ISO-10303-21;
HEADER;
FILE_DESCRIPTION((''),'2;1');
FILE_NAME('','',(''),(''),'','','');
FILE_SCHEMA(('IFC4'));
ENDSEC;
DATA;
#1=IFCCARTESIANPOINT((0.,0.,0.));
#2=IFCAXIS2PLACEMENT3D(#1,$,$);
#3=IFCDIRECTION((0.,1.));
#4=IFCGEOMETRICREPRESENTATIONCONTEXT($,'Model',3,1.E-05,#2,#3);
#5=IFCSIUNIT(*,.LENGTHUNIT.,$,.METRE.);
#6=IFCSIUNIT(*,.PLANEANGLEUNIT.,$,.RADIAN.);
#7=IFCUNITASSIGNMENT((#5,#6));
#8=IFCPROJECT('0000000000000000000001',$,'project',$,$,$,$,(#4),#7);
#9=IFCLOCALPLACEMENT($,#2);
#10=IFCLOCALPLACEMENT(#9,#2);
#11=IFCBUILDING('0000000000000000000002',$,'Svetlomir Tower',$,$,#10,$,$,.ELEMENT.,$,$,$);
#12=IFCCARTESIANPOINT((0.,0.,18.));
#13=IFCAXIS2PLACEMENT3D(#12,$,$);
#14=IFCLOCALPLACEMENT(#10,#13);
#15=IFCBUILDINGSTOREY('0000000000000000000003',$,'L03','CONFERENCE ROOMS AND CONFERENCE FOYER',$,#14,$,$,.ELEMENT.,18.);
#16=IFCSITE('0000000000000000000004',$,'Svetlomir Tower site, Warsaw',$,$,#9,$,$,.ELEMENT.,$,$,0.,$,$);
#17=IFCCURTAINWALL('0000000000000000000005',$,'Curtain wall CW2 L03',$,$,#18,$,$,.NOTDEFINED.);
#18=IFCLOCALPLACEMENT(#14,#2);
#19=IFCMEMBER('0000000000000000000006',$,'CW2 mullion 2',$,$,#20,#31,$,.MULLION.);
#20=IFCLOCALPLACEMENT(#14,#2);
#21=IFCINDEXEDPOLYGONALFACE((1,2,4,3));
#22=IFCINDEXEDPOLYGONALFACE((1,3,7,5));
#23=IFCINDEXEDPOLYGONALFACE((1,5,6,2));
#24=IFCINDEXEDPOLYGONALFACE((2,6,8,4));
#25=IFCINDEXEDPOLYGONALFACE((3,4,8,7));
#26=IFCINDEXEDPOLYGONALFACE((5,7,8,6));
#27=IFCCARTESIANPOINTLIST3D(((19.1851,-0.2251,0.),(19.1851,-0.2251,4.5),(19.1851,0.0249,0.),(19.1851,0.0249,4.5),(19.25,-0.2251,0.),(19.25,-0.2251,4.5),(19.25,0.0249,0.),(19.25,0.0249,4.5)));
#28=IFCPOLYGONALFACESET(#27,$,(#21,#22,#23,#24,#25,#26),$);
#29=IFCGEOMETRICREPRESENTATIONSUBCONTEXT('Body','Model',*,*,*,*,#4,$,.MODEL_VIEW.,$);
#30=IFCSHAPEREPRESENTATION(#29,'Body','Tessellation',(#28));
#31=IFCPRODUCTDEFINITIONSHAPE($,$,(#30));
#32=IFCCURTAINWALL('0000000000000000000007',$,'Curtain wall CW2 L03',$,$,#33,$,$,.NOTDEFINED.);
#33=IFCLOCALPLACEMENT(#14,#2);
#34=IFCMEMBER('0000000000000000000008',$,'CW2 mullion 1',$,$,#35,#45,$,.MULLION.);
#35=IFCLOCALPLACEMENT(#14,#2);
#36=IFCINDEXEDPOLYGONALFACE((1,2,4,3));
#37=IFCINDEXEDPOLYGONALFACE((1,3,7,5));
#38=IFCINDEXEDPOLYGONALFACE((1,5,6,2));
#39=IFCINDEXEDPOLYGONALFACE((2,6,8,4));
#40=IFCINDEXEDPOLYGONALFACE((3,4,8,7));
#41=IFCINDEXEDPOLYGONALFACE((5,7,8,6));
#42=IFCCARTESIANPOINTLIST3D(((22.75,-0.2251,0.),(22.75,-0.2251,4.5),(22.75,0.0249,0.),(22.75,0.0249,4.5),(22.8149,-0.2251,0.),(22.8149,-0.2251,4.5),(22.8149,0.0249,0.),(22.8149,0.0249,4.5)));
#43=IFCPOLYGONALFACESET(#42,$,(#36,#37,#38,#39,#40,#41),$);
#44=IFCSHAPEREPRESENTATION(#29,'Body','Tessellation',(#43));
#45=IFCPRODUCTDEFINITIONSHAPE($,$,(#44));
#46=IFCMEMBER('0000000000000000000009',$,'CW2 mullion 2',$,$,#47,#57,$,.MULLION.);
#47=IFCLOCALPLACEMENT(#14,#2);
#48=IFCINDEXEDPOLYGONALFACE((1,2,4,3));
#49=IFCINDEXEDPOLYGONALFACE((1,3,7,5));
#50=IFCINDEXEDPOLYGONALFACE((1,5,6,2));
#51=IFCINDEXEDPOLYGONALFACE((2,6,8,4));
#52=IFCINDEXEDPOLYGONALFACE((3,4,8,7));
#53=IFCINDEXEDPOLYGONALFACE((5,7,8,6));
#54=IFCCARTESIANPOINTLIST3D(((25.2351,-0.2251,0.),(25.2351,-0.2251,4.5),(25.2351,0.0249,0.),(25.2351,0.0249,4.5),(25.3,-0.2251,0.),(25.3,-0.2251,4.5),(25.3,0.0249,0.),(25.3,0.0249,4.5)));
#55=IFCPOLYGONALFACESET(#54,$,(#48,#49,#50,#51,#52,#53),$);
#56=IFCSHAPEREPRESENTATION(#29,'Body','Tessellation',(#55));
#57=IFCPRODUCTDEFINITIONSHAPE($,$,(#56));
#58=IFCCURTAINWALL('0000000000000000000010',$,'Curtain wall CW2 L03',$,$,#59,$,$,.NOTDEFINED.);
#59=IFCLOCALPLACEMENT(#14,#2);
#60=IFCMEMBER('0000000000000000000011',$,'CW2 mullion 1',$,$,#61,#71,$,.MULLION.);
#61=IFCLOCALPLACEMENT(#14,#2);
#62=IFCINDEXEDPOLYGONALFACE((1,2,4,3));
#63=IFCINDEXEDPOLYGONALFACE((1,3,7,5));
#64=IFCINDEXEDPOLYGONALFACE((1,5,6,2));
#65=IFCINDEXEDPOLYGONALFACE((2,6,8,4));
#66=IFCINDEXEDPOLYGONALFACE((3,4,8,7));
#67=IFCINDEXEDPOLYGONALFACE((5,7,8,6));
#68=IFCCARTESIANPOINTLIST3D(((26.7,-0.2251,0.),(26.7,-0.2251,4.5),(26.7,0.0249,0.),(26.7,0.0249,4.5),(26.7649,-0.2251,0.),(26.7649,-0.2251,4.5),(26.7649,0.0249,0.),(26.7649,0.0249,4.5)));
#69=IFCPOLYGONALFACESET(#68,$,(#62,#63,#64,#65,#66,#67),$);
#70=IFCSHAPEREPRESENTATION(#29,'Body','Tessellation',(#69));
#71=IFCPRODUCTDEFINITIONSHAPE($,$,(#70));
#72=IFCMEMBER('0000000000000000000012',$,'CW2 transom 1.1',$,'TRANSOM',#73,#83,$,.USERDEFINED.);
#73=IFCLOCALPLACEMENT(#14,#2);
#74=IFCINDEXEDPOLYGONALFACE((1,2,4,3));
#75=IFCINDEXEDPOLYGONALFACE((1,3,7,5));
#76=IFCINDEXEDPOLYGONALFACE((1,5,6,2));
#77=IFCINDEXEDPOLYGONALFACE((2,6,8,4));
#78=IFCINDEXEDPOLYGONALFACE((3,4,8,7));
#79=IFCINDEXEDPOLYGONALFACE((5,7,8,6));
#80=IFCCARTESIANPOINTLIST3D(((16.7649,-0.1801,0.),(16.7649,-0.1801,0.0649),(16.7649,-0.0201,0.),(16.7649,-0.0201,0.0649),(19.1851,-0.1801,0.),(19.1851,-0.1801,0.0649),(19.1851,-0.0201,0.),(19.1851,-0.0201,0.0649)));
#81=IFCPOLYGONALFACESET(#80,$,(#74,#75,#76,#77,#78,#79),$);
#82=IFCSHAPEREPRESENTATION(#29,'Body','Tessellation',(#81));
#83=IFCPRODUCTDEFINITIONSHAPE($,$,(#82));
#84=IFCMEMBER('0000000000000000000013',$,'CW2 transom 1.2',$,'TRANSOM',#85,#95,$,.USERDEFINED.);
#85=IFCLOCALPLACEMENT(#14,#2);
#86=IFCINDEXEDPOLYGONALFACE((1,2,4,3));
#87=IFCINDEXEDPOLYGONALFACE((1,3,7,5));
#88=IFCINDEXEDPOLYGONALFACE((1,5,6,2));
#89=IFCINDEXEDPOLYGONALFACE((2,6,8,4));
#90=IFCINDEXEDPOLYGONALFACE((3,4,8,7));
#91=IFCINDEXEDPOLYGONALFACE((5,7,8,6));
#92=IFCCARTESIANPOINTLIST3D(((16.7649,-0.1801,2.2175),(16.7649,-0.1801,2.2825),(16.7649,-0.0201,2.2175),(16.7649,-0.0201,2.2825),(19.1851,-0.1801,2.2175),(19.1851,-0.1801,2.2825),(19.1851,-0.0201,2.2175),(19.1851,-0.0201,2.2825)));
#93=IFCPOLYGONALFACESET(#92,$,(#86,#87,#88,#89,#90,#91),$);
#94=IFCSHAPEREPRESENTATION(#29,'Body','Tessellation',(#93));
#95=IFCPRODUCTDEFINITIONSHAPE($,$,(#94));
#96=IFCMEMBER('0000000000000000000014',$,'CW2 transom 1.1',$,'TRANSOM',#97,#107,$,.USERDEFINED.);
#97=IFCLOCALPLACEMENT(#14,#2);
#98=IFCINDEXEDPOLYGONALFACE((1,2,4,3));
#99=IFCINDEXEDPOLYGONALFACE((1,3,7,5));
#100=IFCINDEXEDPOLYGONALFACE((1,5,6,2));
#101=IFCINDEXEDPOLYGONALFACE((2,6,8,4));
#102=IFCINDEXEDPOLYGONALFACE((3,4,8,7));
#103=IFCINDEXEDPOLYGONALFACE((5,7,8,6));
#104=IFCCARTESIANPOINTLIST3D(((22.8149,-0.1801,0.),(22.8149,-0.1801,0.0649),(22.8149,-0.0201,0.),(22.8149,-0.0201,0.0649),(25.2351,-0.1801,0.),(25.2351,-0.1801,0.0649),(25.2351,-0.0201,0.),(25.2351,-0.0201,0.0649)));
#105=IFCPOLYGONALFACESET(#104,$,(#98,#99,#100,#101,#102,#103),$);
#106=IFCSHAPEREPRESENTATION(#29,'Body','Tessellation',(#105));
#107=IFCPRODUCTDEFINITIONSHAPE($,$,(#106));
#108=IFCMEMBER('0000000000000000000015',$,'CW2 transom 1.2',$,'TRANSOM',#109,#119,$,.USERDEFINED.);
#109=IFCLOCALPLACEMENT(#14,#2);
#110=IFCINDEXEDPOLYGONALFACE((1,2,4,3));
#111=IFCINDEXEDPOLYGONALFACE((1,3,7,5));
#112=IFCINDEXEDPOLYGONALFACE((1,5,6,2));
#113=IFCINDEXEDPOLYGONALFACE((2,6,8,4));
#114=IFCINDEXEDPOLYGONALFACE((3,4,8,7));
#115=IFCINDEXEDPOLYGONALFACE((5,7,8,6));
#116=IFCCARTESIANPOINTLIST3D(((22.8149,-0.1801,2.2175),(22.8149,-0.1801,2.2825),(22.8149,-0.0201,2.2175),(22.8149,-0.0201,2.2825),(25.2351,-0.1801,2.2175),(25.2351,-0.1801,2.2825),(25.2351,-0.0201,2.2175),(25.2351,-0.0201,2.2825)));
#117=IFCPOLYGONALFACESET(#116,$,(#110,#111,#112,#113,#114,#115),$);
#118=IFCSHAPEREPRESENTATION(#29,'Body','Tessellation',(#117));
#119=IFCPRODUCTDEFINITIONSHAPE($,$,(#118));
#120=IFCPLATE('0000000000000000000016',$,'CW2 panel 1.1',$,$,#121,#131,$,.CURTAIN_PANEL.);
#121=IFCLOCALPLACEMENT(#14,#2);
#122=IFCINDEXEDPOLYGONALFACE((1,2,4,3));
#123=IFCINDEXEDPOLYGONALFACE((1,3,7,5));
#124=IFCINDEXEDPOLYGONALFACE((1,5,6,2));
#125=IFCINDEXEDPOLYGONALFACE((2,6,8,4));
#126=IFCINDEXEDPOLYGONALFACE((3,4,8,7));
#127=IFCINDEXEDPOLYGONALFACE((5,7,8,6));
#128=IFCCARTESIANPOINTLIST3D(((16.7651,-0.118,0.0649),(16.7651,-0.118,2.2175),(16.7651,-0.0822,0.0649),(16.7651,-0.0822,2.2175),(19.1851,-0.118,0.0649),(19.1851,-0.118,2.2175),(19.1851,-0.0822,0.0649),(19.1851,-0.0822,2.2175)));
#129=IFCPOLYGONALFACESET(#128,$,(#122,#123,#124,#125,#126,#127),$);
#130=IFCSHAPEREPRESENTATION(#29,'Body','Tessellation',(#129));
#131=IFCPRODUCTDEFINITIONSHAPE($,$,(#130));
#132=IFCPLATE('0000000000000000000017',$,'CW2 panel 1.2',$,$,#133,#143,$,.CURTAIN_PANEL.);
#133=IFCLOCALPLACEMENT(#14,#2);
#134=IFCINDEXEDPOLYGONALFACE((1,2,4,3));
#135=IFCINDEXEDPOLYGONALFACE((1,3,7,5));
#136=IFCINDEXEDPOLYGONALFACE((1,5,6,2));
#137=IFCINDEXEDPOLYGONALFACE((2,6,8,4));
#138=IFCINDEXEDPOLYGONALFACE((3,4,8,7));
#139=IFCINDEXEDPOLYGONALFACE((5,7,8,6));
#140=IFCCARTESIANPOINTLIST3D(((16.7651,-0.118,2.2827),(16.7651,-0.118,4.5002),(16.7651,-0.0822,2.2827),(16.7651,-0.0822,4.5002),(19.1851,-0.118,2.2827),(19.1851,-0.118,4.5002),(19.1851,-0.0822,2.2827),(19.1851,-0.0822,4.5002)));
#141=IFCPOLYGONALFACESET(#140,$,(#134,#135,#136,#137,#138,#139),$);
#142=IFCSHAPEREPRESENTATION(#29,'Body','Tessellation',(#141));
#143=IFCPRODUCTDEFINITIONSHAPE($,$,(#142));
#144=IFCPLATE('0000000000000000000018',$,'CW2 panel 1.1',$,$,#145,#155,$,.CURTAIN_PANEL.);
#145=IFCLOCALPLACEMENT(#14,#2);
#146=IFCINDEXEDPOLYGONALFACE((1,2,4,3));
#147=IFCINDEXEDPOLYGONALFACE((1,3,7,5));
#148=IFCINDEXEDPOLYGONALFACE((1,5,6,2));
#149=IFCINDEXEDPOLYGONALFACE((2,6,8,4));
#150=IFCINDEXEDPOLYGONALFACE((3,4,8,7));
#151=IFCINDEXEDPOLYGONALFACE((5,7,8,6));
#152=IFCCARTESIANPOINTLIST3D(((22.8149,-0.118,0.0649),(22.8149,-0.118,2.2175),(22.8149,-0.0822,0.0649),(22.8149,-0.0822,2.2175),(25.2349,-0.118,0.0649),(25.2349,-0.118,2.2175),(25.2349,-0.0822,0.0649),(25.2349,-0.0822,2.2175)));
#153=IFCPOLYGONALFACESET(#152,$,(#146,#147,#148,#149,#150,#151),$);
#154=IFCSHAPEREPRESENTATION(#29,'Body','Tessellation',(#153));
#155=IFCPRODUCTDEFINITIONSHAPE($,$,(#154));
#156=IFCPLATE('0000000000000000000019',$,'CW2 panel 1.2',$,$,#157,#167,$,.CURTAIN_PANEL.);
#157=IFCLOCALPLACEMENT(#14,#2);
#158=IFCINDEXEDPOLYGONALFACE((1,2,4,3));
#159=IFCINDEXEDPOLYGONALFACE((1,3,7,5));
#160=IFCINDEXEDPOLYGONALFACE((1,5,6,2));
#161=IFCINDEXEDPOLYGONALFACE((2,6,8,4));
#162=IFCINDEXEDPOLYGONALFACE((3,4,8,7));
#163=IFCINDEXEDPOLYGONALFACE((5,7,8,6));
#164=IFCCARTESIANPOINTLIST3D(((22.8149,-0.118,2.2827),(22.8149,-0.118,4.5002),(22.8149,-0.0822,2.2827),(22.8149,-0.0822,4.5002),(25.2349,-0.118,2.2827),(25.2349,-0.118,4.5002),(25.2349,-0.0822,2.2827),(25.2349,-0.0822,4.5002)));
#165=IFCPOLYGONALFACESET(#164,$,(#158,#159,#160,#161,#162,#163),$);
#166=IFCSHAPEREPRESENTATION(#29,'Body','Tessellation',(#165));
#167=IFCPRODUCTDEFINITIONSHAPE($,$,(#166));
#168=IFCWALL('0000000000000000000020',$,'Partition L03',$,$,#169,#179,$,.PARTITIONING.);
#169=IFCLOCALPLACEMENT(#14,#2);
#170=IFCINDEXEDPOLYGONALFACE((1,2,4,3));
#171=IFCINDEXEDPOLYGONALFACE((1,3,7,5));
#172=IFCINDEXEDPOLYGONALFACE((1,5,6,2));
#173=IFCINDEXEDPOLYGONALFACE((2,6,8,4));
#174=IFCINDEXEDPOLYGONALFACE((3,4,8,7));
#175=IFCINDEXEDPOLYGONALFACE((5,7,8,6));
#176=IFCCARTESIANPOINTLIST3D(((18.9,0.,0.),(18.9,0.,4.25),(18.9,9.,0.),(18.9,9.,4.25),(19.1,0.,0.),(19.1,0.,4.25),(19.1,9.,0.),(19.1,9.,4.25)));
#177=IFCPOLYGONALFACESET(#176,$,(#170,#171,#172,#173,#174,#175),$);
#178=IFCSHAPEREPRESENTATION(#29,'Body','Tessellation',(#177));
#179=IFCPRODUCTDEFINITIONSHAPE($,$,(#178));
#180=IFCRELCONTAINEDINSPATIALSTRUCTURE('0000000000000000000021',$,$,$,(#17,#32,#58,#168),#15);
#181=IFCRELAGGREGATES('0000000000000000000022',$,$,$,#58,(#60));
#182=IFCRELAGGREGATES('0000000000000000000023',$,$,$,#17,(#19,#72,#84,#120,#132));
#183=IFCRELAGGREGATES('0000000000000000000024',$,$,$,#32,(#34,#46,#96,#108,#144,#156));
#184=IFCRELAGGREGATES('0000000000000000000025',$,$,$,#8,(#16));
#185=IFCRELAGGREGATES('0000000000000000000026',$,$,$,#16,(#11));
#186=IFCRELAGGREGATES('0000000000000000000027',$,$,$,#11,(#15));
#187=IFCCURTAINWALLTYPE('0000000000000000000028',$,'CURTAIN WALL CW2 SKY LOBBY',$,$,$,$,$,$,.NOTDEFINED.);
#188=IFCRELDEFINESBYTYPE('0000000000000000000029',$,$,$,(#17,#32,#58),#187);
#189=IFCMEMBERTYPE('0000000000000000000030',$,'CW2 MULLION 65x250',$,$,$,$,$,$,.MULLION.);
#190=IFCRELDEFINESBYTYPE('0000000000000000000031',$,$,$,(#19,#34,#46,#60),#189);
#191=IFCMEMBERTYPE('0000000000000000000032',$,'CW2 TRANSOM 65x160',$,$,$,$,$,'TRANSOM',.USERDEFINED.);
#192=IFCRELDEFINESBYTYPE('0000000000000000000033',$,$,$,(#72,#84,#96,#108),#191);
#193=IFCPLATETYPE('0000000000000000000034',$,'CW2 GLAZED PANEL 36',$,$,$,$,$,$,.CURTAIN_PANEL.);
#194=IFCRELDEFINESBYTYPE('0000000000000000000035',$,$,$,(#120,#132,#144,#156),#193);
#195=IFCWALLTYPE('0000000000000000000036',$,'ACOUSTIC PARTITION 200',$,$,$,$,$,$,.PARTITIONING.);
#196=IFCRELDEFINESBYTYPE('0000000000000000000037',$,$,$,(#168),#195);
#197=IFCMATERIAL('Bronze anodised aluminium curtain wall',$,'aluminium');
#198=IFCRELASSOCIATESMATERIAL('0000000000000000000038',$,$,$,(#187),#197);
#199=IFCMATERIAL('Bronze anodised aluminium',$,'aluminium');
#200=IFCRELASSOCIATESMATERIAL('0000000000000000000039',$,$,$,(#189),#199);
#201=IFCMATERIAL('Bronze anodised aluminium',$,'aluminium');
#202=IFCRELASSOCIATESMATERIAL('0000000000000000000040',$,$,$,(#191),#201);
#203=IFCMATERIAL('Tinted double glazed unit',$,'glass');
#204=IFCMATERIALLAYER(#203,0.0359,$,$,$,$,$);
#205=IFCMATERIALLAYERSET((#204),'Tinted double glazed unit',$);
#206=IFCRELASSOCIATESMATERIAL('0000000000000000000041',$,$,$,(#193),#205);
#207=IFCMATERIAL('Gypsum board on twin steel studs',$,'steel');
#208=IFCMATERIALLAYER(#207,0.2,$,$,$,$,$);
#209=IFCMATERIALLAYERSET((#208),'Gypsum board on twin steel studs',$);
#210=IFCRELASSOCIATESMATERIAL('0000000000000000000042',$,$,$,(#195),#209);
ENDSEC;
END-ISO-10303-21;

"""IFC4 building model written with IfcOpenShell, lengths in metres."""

from ifc_helpers import new_model, si_unit, direction, frame, frame_2d, origin, origin_2d, place, context, subcontext, project, spatial, rectangle, extrude, material, layer, layer_set, material_profile, profile_set, type_object, element, aggregate, save


model = new_model("IFC4")

# Units and contexts
model_context = context("Model", 3, precision=1e-05, world=origin(), true_north=direction((0.0, 1.0)))
body_context = subcontext(model_context, "Body", "Model", "MODEL_VIEW")
ifc_project = project(units=[si_unit("LENGTHUNIT", "METRE"), si_unit("PLANEANGLEUNIT", "RADIAN")], contexts=[model_context])

# Site, building, storey
site_placement = place(None, origin())
site = spatial("IfcSite", under=ifc_project, at=site_placement, Name="Svetlomir Tower site, Warsaw", CompositionType="ELEMENT", RefElevation=0.0)
building_placement = place(site_placement, origin())
building = spatial("IfcBuilding", under=site, at=building_placement, Name="Svetlomir Tower", CompositionType="ELEMENT")
storey_placement = place(building_placement, frame((0.0, 0.0, 18.0)))
storey = spatial("IfcBuildingStorey", under=building, at=storey_placement, Name="L03", Description="CONFERENCE ROOMS AND CONFERENCE FOYER", CompositionType="ELEMENT", Elevation=18.0)

# Curtain wall, member
ifc_material_1 = material(Name="Bronze anodised aluminium curtain wall", Category="aluminium")
curtain_wall_type = type_object("IfcCurtainWallType", Name="CURTAIN WALL CW2 SKY LOBBY", PredefinedType="NOTDEFINED", material=ifc_material_1)
curtain_wall_1_placement = place(storey_placement, origin())
curtain_wall_1 = element("IfcCurtainWall", 1, at=curtain_wall_1_placement, inside=storey, type_object=curtain_wall_type, Name="Curtain wall CW2 L03", PredefinedType="NOTDEFINED")
ifc_material_2 = material(Name="Bronze anodised aluminium", Category="aluminium")
ifc_material_profile_1 = material_profile(ifc_material_2, rectangle(XDim=0.0649, YDim=0.25, at=origin_2d()), Name="AL 65x250")
ifc_profile_set_1 = profile_set([ifc_material_profile_1], Name="Bronze anodised aluminium 6063-T6")
member_type_1 = type_object("IfcMemberType", Name="CW2 MULLION 65x250", PredefinedType="MULLION", material=ifc_profile_set_1)
member_1_placement = place(storey_placement, frame((19.2175, -0.1001, 0.0), z_axis=(0.0, 0.0, 1.0), x_axis=(1.0, 0.0, 0.0)))
member_1 = element("IfcMember", 2, at=member_1_placement, type_object=member_type_1, Name="CW2 mullion 2", PredefinedType="MULLION", context=body_context, shape_type="SweptSolid", body=[
    extrude(rectangle(XDim=0.0649, YDim=0.25, at=origin_2d()), origin(), (0.0, 0.0, 1.0), 4.5),
])

# Curtain wall, members
curtain_wall_2_placement = place(storey_placement, origin())
curtain_wall_2 = element("IfcCurtainWall", 3, at=curtain_wall_2_placement, inside=storey, type_object=curtain_wall_type, Name="Curtain wall CW2 L03", PredefinedType="NOTDEFINED")
member_2_placement = place(storey_placement, frame((22.7825, -0.1001, 0.0), z_axis=(0.0, 0.0, 1.0), x_axis=(1.0, 0.0, 0.0)))
member_2 = element("IfcMember", 4, at=member_2_placement, type_object=member_type_1, Name="CW2 mullion 1", PredefinedType="MULLION", context=body_context, shape_type="SweptSolid", body=[
    extrude(rectangle(XDim=0.0649, YDim=0.25, at=origin_2d()), origin(), (0.0, 0.0, 1.0), 4.5),
])
member_3_placement = place(storey_placement, frame((25.2676, -0.1001, 0.0), z_axis=(0.0, 0.0, 1.0), x_axis=(1.0, 0.0, 0.0)))
member_3 = element("IfcMember", 5, at=member_3_placement, type_object=member_type_1, Name="CW2 mullion 2", PredefinedType="MULLION", context=body_context, shape_type="SweptSolid", body=[
    extrude(rectangle(XDim=0.0649, YDim=0.25, at=origin_2d()), origin(), (0.0, 0.0, 1.0), 4.5),
])

# Curtain wall, member
curtain_wall_3_placement = place(storey_placement, origin())
curtain_wall_3 = element("IfcCurtainWall", 6, at=curtain_wall_3_placement, inside=storey, type_object=curtain_wall_type, Name="Curtain wall CW2 L03", PredefinedType="NOTDEFINED")
member_4_placement = place(storey_placement, frame((26.7324, -0.1001, 0.0), z_axis=(0.0, 0.0, 1.0), x_axis=(1.0, 0.0, 0.0)))
member_4 = element("IfcMember", 7, at=member_4_placement, type_object=member_type_1, Name="CW2 mullion 1", PredefinedType="MULLION", context=body_context, shape_type="SweptSolid", body=[
    extrude(rectangle(XDim=0.0649, YDim=0.25, at=origin_2d()), origin(), (0.0, 0.0, 1.0), 4.5),
])
aggregate(curtain_wall_3, [member_4])

# Members
ifc_material_3 = material(Name="Bronze anodised aluminium", Category="aluminium")
ifc_material_profile_2 = material_profile(ifc_material_3, rectangle(XDim=0.1599, YDim=0.0649, at=origin_2d()), Name="AL 160x65")
ifc_profile_set_2 = profile_set([ifc_material_profile_2], Name="Bronze anodised aluminium 6063-T6")
member_type_2 = type_object("IfcMemberType", Name="CW2 TRANSOM 65x160", ElementType="TRANSOM", PredefinedType="USERDEFINED", material=ifc_profile_set_2)
member_5_placement = place(storey_placement, frame((16.7649, -0.1001, 0.0325), z_axis=(1.0, 0.0, 0.0), x_axis=(0.0, 1.0, 0.0)))
member_5 = element("IfcMember", 8, at=member_5_placement, type_object=member_type_2, Name="CW2 transom 1.1", ObjectType="TRANSOM", PredefinedType="USERDEFINED", context=body_context, shape_type="SweptSolid", body=[
    extrude(rectangle(XDim=0.1599, YDim=0.0649, at=origin_2d()), origin(), (0.0, 0.0, 1.0), 2.4202),
])
member_6_placement = place(storey_placement, frame((16.7649, -0.1001, 2.25), z_axis=(1.0, 0.0, 0.0), x_axis=(0.0, 1.0, 0.0)))
member_6 = element("IfcMember", 9, at=member_6_placement, type_object=member_type_2, Name="CW2 transom 1.2", ObjectType="TRANSOM", PredefinedType="USERDEFINED", context=body_context, shape_type="SweptSolid", body=[
    extrude(rectangle(XDim=0.1599, YDim=0.0649, at=origin_2d()), origin(), (0.0, 0.0, 1.0), 2.4202),
])
member_7_placement = place(storey_placement, frame((22.8149, -0.1001, 0.0325), z_axis=(1.0, 0.0, 0.0), x_axis=(0.0, 1.0, 0.0)))
member_7 = element("IfcMember", 10, at=member_7_placement, type_object=member_type_2, Name="CW2 transom 1.1", ObjectType="TRANSOM", PredefinedType="USERDEFINED", context=body_context, shape_type="SweptSolid", body=[
    extrude(rectangle(XDim=0.1599, YDim=0.0649, at=origin_2d()), origin(), (0.0, 0.0, 1.0), 2.4202),
])
member_8_placement = place(storey_placement, frame((22.8149, -0.1001, 2.25), z_axis=(1.0, 0.0, 0.0), x_axis=(0.0, 1.0, 0.0)))
member_8 = element("IfcMember", 11, at=member_8_placement, type_object=member_type_2, Name="CW2 transom 1.2", ObjectType="TRANSOM", PredefinedType="USERDEFINED", context=body_context, shape_type="SweptSolid", body=[
    extrude(rectangle(XDim=0.1599, YDim=0.0649, at=origin_2d()), origin(), (0.0, 0.0, 1.0), 2.4202),
])

# Plates
ifc_material_4 = material(Name="Tinted double glazed unit", Category="glass")
ifc_layer_1 = layer(ifc_material_4, 0.0359)
ifc_layer_set_1 = layer_set([ifc_layer_1], Name="Tinted double glazed unit")
plate_type = type_object("IfcPlateType", Name="CW2 GLAZED PANEL 36", PredefinedType="CURTAIN_PANEL", material=ifc_layer_set_1)
plate_1_placement = place(storey_placement, frame((17.9751, -0.1001, 0.0649), z_axis=(0.0, 0.0, 1.0), x_axis=(1.0, 0.0, 0.0)))
plate_1 = element("IfcPlate", 12, at=plate_1_placement, type_object=plate_type, Name="CW2 panel 1.1", PredefinedType="CURTAIN_PANEL", context=body_context, shape_type="SweptSolid", body=[
    extrude(rectangle(XDim=2.4199, YDim=0.0359, at=origin_2d()), origin(), (0.0, 0.0, 1.0), 2.1526),
])
plate_2_placement = place(storey_placement, frame((17.9751, -0.1001, 2.2827), z_axis=(0.0, 0.0, 1.0), x_axis=(1.0, 0.0, 0.0)))
plate_2 = element("IfcPlate", 13, at=plate_2_placement, type_object=plate_type, Name="CW2 panel 1.2", PredefinedType="CURTAIN_PANEL", context=body_context, shape_type="SweptSolid", body=[
    extrude(rectangle(XDim=2.4199, YDim=0.0359, at=origin_2d()), origin(), (0.0, 0.0, 1.0), 2.2175),
])
aggregate(curtain_wall_1, [member_1, member_5, member_6, plate_1, plate_2])
plate_3_placement = place(storey_placement, frame((24.0249, -0.1001, 0.0649), z_axis=(0.0, 0.0, 1.0), x_axis=(1.0, 0.0, 0.0)))
plate_3 = element("IfcPlate", 14, at=plate_3_placement, type_object=plate_type, Name="CW2 panel 1.1", PredefinedType="CURTAIN_PANEL", context=body_context, shape_type="SweptSolid", body=[
    extrude(rectangle(XDim=2.4199, YDim=0.0359, at=origin_2d()), origin(), (0.0, 0.0, 1.0), 2.1526),
])
plate_4_placement = place(storey_placement, frame((24.0249, -0.1001, 2.2827), z_axis=(0.0, 0.0, 1.0), x_axis=(1.0, 0.0, 0.0)))
plate_4 = element("IfcPlate", 15, at=plate_4_placement, type_object=plate_type, Name="CW2 panel 1.2", PredefinedType="CURTAIN_PANEL", context=body_context, shape_type="SweptSolid", body=[
    extrude(rectangle(XDim=2.4199, YDim=0.0359, at=origin_2d()), origin(), (0.0, 0.0, 1.0), 2.2175),
])
aggregate(curtain_wall_2, [member_2, member_3, member_7, member_8, plate_3, plate_4])

# Wall
ifc_material_5 = material(Name="Gypsum board on twin steel studs", Category="steel")
ifc_layer_2 = layer(ifc_material_5, 0.2)
ifc_layer_set_2 = layer_set([ifc_layer_2], Name="Gypsum board on twin steel studs")
wall_type = type_object("IfcWallType", Name="ACOUSTIC PARTITION 200", PredefinedType="PARTITIONING", material=ifc_layer_set_2)
wall_placement = place(storey_placement, frame((19.0, 0.0, 0.0), z_axis=(0.0, 0.0, 1.0), x_axis=(0.0, 1.0, 0.0)))
element("IfcWall", 16, at=wall_placement, inside=storey, type_object=wall_type, Name="Partition L03", PredefinedType="PARTITIONING", context=body_context, shape_type="SweptSolid", body=[
    extrude(rectangle(XDim=9.0, YDim=0.2, at=frame_2d((4.5, 0.0))), origin(), (0.0, 0.0, 1.0), 4.25),
])

save(model, "model.ifc")
